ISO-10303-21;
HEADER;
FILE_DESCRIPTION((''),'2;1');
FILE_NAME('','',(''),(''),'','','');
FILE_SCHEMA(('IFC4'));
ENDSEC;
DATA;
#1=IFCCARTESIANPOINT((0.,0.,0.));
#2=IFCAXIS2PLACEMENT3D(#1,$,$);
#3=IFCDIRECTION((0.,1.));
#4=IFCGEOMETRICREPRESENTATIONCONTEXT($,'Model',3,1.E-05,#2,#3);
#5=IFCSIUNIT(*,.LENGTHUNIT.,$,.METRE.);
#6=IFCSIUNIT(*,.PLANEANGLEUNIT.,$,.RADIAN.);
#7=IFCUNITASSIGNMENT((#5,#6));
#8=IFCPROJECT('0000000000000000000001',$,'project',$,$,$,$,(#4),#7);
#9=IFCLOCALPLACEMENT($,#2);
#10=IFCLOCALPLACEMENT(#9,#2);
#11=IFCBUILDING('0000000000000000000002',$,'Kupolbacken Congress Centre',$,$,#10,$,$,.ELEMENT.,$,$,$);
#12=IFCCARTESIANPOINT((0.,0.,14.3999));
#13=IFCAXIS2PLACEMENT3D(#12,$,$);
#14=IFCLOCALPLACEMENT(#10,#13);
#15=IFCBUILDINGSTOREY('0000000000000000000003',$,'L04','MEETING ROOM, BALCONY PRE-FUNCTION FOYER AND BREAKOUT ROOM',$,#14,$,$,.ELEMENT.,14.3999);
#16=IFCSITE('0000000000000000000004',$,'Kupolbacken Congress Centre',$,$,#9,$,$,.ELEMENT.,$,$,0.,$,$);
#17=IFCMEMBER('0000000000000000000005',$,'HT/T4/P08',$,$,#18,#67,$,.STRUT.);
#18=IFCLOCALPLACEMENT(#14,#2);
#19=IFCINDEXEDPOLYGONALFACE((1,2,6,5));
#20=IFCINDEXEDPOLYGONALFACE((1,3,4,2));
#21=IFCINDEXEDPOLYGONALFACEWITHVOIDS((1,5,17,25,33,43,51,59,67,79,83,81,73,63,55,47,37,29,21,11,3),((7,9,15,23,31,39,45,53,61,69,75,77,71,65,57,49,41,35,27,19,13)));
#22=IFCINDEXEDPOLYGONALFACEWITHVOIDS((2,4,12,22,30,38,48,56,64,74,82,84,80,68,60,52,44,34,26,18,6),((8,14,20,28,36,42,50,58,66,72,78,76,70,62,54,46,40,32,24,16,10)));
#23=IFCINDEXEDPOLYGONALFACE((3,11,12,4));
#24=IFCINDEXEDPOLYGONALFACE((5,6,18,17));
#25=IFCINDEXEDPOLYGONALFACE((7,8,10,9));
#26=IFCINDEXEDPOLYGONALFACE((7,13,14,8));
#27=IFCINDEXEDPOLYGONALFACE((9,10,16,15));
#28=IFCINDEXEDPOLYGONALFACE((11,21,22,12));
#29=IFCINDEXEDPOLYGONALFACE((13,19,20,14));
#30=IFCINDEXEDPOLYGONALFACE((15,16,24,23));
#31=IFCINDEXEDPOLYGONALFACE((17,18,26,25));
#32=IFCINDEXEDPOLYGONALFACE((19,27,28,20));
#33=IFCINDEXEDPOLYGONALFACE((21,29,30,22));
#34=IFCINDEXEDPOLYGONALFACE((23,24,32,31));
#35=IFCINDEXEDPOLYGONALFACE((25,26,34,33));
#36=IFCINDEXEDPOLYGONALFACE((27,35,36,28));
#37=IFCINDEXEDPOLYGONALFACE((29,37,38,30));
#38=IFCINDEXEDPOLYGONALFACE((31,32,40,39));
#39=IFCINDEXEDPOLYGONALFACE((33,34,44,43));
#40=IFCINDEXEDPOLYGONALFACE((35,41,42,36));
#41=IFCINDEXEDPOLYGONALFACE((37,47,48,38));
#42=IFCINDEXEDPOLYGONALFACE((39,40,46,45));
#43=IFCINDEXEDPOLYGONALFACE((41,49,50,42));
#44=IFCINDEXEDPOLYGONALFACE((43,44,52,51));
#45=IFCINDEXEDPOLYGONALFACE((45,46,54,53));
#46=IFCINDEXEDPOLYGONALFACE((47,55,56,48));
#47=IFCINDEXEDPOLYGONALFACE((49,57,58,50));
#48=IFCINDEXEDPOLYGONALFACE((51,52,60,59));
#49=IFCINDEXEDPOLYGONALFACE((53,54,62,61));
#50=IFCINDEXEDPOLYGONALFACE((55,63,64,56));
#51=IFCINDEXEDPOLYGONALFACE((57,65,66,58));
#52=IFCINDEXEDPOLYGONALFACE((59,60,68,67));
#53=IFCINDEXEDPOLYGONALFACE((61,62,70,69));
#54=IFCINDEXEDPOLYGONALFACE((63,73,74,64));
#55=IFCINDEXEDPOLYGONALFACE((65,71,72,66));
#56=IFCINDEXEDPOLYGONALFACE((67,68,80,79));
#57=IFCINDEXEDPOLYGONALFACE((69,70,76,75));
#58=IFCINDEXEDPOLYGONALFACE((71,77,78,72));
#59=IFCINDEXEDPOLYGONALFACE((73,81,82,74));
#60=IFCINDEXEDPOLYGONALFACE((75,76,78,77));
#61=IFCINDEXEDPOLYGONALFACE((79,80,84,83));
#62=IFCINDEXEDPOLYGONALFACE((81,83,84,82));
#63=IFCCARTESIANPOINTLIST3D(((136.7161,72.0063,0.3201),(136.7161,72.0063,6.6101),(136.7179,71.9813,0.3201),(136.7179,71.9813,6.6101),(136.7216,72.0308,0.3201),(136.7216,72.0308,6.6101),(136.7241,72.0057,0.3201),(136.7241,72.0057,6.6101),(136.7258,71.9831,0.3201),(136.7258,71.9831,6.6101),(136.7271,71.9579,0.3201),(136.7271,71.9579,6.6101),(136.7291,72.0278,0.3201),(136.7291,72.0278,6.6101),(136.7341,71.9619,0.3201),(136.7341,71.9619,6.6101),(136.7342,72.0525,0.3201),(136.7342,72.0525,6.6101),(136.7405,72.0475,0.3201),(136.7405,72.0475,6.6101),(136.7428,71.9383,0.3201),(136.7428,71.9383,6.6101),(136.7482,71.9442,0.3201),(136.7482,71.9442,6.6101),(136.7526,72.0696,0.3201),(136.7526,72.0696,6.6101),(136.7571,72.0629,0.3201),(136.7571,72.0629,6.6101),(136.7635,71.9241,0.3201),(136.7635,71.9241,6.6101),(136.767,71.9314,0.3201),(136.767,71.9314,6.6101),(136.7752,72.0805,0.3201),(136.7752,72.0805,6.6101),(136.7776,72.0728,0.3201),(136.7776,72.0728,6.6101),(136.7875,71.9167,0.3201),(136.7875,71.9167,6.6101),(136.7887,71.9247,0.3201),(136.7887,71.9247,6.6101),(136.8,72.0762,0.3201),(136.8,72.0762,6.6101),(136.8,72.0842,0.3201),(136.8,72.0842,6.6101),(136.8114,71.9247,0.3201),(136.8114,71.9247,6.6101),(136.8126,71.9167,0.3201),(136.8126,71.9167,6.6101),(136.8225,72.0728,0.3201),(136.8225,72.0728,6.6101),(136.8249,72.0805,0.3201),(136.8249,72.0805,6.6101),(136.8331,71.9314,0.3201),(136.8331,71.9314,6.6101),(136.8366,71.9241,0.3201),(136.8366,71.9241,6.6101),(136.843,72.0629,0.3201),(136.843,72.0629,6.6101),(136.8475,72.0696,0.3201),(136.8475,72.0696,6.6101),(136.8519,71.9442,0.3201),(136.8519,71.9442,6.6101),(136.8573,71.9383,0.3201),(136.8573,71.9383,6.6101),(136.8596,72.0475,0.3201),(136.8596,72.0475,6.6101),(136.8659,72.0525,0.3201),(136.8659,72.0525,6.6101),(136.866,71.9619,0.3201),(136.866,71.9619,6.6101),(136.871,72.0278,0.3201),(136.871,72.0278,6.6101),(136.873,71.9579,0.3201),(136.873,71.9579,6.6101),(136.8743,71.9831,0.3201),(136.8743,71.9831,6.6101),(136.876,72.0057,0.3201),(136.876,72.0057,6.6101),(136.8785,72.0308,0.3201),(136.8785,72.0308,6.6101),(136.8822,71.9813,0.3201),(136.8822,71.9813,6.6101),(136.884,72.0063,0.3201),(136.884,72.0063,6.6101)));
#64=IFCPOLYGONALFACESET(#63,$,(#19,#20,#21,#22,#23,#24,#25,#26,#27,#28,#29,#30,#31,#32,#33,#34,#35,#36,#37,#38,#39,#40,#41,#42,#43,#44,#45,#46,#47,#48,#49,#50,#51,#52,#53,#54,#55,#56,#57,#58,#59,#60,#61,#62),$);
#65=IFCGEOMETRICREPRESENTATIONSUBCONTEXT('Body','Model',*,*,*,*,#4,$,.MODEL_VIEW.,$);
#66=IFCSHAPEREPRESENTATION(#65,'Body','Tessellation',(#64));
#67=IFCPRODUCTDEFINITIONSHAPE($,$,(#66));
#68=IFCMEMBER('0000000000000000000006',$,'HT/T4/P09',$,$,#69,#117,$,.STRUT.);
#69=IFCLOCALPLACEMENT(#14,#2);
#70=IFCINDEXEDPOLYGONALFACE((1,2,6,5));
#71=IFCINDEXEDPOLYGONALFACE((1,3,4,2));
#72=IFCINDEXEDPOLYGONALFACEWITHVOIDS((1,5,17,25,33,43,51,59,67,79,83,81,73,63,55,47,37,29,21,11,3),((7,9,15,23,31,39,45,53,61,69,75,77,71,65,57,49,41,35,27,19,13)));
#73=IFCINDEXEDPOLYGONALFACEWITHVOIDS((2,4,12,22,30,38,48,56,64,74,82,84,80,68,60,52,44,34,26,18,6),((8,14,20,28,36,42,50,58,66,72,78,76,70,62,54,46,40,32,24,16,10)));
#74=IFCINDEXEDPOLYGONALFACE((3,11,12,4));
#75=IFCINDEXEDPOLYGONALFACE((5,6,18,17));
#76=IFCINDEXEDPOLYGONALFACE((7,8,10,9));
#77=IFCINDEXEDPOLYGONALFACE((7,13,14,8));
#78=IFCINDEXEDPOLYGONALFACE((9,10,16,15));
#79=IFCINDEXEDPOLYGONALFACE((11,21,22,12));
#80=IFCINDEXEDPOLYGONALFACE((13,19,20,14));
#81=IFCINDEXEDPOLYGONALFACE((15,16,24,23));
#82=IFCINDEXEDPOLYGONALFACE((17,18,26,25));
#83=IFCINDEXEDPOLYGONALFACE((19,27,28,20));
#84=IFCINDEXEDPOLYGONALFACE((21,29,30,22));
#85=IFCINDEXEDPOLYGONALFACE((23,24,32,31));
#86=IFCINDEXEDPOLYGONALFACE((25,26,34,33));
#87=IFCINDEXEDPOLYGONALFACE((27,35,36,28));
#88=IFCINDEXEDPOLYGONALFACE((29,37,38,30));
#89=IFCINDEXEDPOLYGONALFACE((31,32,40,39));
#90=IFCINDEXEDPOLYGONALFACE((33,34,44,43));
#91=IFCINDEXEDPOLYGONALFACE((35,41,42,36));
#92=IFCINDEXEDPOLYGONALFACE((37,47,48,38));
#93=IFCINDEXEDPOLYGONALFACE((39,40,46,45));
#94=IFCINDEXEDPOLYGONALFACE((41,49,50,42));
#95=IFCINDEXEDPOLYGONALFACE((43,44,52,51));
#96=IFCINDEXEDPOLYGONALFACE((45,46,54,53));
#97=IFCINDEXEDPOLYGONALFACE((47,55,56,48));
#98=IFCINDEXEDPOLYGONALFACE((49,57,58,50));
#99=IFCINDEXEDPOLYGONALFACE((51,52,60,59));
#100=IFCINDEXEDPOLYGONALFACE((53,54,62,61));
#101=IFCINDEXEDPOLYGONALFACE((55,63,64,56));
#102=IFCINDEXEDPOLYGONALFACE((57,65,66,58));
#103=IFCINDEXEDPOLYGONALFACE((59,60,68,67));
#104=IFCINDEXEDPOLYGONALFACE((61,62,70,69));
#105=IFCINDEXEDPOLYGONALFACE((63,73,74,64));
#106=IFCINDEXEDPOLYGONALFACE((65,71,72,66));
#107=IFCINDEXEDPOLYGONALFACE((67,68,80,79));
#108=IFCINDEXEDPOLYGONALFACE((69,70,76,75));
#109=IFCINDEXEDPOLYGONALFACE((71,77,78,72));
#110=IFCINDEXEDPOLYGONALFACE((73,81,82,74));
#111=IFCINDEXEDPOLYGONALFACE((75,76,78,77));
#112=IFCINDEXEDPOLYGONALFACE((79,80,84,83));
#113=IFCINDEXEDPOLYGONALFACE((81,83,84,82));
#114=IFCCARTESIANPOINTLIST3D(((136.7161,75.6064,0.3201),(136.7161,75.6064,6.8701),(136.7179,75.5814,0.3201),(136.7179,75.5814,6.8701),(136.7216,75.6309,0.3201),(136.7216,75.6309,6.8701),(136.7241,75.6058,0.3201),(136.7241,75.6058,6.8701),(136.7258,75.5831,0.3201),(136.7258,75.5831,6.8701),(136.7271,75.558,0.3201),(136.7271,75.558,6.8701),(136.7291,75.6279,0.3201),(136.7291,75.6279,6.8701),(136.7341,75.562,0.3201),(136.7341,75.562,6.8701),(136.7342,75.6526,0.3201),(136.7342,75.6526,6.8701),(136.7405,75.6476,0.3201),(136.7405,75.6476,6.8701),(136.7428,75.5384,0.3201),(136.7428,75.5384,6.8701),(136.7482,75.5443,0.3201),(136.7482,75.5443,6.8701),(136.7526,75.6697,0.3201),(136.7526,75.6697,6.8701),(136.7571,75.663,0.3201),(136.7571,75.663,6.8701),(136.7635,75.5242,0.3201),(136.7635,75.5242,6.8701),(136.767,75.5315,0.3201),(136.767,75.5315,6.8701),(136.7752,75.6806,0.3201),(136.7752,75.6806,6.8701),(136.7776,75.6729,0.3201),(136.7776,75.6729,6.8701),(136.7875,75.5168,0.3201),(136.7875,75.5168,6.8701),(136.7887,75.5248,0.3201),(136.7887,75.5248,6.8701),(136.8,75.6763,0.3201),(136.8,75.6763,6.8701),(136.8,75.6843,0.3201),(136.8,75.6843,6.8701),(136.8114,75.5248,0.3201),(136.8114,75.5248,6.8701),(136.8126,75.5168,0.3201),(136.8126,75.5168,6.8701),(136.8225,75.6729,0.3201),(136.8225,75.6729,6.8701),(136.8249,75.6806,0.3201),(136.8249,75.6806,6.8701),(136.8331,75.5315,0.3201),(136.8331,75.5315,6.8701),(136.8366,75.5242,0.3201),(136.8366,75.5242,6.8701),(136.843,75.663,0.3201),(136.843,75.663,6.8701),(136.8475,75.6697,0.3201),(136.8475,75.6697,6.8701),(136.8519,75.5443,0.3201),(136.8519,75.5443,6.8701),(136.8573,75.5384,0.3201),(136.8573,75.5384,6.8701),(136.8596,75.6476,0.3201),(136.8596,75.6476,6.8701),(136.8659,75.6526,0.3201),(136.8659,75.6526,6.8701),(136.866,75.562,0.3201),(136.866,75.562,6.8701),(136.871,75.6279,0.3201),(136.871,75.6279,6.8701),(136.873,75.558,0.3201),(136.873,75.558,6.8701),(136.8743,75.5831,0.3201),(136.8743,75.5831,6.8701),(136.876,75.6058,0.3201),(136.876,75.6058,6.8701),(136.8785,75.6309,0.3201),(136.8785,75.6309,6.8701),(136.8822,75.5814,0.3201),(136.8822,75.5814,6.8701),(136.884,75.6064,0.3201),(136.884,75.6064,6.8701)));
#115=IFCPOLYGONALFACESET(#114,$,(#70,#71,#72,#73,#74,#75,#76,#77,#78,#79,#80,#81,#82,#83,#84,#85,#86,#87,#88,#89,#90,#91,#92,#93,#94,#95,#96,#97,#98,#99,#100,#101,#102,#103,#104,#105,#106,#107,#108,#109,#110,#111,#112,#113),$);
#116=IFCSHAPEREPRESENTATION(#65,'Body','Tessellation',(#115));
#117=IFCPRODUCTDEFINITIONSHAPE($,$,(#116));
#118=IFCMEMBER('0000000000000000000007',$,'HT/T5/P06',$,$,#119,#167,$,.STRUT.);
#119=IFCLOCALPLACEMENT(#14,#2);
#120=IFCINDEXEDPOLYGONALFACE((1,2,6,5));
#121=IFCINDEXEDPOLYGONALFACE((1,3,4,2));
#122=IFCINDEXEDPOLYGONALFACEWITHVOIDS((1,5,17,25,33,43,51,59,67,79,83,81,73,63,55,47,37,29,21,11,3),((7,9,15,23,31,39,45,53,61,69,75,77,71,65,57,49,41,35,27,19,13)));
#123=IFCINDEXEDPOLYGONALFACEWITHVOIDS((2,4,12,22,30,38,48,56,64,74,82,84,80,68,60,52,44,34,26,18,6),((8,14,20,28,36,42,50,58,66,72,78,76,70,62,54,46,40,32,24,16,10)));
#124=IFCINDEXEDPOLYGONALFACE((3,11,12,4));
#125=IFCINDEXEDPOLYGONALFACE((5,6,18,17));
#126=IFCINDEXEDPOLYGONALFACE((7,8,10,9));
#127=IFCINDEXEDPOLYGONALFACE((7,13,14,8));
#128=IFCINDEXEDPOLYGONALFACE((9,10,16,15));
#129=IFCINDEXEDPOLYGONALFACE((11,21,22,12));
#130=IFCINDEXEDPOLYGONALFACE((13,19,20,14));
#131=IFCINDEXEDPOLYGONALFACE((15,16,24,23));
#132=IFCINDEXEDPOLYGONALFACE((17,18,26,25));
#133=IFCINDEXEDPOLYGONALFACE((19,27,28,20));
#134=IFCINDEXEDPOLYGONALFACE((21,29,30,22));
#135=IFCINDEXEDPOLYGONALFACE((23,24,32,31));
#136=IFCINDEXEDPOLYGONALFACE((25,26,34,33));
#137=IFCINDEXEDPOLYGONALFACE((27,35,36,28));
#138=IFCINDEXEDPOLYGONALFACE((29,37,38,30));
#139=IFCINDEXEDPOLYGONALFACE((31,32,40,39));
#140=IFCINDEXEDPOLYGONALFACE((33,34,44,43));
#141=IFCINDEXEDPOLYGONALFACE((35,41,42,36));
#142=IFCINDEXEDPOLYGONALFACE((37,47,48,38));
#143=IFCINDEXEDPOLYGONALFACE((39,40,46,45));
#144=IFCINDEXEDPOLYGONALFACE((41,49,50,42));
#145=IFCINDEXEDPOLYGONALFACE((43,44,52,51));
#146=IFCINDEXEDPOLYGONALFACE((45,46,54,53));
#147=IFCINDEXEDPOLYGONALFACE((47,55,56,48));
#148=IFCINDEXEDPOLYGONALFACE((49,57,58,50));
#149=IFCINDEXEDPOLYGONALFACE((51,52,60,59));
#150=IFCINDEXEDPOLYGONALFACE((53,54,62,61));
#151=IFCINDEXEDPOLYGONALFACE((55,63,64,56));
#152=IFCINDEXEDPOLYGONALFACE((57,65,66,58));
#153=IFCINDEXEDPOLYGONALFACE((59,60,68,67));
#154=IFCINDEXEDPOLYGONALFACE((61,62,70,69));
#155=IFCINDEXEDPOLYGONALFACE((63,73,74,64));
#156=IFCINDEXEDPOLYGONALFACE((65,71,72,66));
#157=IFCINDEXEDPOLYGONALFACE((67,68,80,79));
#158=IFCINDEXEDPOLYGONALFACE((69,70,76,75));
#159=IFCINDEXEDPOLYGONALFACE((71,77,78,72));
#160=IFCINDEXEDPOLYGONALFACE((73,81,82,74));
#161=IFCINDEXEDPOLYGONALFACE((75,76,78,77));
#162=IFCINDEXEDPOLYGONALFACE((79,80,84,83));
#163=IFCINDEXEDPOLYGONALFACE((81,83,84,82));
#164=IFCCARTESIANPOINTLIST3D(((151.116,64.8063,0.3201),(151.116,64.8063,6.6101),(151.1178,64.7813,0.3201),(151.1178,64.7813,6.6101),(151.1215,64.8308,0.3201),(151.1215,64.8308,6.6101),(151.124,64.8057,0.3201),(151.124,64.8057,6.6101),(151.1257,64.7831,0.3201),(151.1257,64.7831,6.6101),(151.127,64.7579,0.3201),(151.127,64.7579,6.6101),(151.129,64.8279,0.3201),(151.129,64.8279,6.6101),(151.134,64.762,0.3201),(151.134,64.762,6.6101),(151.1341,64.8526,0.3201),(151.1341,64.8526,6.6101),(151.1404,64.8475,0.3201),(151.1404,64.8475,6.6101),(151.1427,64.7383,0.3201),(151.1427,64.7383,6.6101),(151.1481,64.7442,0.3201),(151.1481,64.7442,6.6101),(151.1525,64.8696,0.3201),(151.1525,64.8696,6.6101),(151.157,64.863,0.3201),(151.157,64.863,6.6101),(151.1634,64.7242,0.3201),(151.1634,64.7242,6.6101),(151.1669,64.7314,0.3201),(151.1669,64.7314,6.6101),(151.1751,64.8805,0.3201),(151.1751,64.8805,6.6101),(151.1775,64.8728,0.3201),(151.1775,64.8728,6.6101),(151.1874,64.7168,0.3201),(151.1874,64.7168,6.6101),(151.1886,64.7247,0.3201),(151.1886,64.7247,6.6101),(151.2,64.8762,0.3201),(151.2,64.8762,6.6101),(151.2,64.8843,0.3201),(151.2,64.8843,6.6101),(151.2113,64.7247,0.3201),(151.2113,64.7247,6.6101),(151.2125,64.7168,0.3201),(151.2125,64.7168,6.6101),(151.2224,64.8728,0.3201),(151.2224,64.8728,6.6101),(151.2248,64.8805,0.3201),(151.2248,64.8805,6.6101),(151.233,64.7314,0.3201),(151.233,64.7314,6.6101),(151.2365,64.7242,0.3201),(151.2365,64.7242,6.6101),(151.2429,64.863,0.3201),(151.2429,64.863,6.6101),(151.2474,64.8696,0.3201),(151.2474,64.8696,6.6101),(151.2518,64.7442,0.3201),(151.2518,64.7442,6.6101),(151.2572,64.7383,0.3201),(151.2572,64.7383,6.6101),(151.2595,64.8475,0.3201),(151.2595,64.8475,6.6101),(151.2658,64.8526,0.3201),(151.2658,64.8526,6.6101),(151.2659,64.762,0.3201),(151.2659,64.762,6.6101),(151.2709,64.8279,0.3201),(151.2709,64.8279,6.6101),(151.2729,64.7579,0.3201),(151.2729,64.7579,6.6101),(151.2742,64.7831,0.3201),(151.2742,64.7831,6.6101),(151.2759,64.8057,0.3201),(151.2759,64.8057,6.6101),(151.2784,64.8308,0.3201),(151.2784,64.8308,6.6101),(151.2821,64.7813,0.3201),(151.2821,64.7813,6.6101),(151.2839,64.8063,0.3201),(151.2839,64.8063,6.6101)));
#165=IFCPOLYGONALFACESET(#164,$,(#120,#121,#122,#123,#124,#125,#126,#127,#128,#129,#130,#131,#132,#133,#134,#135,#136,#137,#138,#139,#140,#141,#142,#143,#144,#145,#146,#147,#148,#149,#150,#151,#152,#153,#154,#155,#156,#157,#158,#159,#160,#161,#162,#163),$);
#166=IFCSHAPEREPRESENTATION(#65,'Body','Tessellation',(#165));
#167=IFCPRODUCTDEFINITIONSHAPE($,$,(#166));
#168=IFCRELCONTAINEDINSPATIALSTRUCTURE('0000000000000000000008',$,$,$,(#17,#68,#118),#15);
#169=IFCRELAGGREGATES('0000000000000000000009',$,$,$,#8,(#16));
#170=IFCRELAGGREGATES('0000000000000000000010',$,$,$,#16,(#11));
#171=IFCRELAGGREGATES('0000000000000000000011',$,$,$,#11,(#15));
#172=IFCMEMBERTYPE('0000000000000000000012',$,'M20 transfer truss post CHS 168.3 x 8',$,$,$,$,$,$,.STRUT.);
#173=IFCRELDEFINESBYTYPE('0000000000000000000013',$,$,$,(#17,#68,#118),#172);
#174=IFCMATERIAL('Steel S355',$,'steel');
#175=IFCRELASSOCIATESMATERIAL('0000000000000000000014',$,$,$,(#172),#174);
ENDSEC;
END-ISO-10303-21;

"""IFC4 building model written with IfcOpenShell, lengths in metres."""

from ifc_helpers import new_model, si_unit, direction, frame, origin, origin_2d, place, context, subcontext, project, spatial, hollow_circle, extrude, material, material_profile, profile_set, type_object, element, save


model = new_model("IFC4")

# Units and contexts
model_context = context("Model", 3, precision=1e-05, world=origin(), true_north=direction((0.0, 1.0)))
body_context = subcontext(model_context, "Body", "Model", "MODEL_VIEW")
ifc_project = project(units=[si_unit("LENGTHUNIT", "METRE"), si_unit("PLANEANGLEUNIT", "RADIAN")], contexts=[model_context])

# Site, building, storey
site_placement = place(None, origin())
site = spatial("IfcSite", under=ifc_project, at=site_placement, Name="Kupolbacken Congress Centre", CompositionType="ELEMENT", RefElevation=0.0)
building_placement = place(site_placement, origin())
building = spatial("IfcBuilding", under=site, at=building_placement, Name="Kupolbacken Congress Centre", CompositionType="ELEMENT")
storey_placement = place(building_placement, frame((0.0, 0.0, 14.3999)))
storey = spatial("IfcBuildingStorey", under=building, at=storey_placement, Name="L04", Description="MEETING ROOM, BALCONY PRE-FUNCTION FOYER AND BREAKOUT ROOM", CompositionType="ELEMENT", Elevation=14.3999)

# Members
ifc_material_1 = material(Name="Steel S355", Category="steel")
ifc_material_profile_1 = material_profile(ifc_material_1, hollow_circle(Radius=0.0842, WallThickness=0.0081, at=origin_2d()), Name="CHS 168.3 x 8")
ifc_profile_set_1 = profile_set([ifc_material_profile_1], Name="Steel S355")
member_type_1 = type_object("IfcMemberType", Name="M20 transfer truss post CHS 168.3 x 8", PredefinedType="STRUT", material=ifc_profile_set_1)
for number, where, z_axis, x_axis, name in (
    (1, (136.8, 72.0, 0.3201), (0.0, 0.0, 1.0), (0.0, 1.0, 0.0), "HT/T4/P08"),
):
    element("IfcMember", number, at=place(storey_placement, frame(where, z_axis=z_axis, x_axis=x_axis)), inside=storey, type_object=member_type_1, Name=name, PredefinedType="STRUT", context=body_context, shape_type="SweptSolid", body=[
        extrude(hollow_circle(Radius=0.0842, WallThickness=0.0081, at=origin_2d()), origin(), (0.0, 0.0, 1.0), 6.29),
    ])
member_1_placement = place(storey_placement, frame((136.8, 75.6001, 0.3201), z_axis=(0.0, 0.0, 1.0), x_axis=(0.0, 1.0, 0.0)))
element("IfcMember", 2, at=member_1_placement, inside=storey, type_object=member_type_1, Name="HT/T4/P09", PredefinedType="STRUT", context=body_context, shape_type="SweptSolid", body=[
    extrude(hollow_circle(Radius=0.0842, WallThickness=0.0081, at=origin_2d()), origin(), (0.0, 0.0, 1.0), 6.55),
])
for number, where, z_axis, x_axis, name in (
    (3, (151.2, 64.8, 0.3201), (0.0, 0.0, 1.0), (0.0, 1.0, 0.0), "HT/T5/P06"),
):
    element("IfcMember", number, at=place(storey_placement, frame(where, z_axis=z_axis, x_axis=x_axis)), inside=storey, type_object=member_type_1, Name=name, PredefinedType="STRUT", context=body_context, shape_type="SweptSolid", body=[
        extrude(hollow_circle(Radius=0.0842, WallThickness=0.0081, at=origin_2d()), origin(), (0.0, 0.0, 1.0), 6.29),
    ])

save(model, "model.ifc")
